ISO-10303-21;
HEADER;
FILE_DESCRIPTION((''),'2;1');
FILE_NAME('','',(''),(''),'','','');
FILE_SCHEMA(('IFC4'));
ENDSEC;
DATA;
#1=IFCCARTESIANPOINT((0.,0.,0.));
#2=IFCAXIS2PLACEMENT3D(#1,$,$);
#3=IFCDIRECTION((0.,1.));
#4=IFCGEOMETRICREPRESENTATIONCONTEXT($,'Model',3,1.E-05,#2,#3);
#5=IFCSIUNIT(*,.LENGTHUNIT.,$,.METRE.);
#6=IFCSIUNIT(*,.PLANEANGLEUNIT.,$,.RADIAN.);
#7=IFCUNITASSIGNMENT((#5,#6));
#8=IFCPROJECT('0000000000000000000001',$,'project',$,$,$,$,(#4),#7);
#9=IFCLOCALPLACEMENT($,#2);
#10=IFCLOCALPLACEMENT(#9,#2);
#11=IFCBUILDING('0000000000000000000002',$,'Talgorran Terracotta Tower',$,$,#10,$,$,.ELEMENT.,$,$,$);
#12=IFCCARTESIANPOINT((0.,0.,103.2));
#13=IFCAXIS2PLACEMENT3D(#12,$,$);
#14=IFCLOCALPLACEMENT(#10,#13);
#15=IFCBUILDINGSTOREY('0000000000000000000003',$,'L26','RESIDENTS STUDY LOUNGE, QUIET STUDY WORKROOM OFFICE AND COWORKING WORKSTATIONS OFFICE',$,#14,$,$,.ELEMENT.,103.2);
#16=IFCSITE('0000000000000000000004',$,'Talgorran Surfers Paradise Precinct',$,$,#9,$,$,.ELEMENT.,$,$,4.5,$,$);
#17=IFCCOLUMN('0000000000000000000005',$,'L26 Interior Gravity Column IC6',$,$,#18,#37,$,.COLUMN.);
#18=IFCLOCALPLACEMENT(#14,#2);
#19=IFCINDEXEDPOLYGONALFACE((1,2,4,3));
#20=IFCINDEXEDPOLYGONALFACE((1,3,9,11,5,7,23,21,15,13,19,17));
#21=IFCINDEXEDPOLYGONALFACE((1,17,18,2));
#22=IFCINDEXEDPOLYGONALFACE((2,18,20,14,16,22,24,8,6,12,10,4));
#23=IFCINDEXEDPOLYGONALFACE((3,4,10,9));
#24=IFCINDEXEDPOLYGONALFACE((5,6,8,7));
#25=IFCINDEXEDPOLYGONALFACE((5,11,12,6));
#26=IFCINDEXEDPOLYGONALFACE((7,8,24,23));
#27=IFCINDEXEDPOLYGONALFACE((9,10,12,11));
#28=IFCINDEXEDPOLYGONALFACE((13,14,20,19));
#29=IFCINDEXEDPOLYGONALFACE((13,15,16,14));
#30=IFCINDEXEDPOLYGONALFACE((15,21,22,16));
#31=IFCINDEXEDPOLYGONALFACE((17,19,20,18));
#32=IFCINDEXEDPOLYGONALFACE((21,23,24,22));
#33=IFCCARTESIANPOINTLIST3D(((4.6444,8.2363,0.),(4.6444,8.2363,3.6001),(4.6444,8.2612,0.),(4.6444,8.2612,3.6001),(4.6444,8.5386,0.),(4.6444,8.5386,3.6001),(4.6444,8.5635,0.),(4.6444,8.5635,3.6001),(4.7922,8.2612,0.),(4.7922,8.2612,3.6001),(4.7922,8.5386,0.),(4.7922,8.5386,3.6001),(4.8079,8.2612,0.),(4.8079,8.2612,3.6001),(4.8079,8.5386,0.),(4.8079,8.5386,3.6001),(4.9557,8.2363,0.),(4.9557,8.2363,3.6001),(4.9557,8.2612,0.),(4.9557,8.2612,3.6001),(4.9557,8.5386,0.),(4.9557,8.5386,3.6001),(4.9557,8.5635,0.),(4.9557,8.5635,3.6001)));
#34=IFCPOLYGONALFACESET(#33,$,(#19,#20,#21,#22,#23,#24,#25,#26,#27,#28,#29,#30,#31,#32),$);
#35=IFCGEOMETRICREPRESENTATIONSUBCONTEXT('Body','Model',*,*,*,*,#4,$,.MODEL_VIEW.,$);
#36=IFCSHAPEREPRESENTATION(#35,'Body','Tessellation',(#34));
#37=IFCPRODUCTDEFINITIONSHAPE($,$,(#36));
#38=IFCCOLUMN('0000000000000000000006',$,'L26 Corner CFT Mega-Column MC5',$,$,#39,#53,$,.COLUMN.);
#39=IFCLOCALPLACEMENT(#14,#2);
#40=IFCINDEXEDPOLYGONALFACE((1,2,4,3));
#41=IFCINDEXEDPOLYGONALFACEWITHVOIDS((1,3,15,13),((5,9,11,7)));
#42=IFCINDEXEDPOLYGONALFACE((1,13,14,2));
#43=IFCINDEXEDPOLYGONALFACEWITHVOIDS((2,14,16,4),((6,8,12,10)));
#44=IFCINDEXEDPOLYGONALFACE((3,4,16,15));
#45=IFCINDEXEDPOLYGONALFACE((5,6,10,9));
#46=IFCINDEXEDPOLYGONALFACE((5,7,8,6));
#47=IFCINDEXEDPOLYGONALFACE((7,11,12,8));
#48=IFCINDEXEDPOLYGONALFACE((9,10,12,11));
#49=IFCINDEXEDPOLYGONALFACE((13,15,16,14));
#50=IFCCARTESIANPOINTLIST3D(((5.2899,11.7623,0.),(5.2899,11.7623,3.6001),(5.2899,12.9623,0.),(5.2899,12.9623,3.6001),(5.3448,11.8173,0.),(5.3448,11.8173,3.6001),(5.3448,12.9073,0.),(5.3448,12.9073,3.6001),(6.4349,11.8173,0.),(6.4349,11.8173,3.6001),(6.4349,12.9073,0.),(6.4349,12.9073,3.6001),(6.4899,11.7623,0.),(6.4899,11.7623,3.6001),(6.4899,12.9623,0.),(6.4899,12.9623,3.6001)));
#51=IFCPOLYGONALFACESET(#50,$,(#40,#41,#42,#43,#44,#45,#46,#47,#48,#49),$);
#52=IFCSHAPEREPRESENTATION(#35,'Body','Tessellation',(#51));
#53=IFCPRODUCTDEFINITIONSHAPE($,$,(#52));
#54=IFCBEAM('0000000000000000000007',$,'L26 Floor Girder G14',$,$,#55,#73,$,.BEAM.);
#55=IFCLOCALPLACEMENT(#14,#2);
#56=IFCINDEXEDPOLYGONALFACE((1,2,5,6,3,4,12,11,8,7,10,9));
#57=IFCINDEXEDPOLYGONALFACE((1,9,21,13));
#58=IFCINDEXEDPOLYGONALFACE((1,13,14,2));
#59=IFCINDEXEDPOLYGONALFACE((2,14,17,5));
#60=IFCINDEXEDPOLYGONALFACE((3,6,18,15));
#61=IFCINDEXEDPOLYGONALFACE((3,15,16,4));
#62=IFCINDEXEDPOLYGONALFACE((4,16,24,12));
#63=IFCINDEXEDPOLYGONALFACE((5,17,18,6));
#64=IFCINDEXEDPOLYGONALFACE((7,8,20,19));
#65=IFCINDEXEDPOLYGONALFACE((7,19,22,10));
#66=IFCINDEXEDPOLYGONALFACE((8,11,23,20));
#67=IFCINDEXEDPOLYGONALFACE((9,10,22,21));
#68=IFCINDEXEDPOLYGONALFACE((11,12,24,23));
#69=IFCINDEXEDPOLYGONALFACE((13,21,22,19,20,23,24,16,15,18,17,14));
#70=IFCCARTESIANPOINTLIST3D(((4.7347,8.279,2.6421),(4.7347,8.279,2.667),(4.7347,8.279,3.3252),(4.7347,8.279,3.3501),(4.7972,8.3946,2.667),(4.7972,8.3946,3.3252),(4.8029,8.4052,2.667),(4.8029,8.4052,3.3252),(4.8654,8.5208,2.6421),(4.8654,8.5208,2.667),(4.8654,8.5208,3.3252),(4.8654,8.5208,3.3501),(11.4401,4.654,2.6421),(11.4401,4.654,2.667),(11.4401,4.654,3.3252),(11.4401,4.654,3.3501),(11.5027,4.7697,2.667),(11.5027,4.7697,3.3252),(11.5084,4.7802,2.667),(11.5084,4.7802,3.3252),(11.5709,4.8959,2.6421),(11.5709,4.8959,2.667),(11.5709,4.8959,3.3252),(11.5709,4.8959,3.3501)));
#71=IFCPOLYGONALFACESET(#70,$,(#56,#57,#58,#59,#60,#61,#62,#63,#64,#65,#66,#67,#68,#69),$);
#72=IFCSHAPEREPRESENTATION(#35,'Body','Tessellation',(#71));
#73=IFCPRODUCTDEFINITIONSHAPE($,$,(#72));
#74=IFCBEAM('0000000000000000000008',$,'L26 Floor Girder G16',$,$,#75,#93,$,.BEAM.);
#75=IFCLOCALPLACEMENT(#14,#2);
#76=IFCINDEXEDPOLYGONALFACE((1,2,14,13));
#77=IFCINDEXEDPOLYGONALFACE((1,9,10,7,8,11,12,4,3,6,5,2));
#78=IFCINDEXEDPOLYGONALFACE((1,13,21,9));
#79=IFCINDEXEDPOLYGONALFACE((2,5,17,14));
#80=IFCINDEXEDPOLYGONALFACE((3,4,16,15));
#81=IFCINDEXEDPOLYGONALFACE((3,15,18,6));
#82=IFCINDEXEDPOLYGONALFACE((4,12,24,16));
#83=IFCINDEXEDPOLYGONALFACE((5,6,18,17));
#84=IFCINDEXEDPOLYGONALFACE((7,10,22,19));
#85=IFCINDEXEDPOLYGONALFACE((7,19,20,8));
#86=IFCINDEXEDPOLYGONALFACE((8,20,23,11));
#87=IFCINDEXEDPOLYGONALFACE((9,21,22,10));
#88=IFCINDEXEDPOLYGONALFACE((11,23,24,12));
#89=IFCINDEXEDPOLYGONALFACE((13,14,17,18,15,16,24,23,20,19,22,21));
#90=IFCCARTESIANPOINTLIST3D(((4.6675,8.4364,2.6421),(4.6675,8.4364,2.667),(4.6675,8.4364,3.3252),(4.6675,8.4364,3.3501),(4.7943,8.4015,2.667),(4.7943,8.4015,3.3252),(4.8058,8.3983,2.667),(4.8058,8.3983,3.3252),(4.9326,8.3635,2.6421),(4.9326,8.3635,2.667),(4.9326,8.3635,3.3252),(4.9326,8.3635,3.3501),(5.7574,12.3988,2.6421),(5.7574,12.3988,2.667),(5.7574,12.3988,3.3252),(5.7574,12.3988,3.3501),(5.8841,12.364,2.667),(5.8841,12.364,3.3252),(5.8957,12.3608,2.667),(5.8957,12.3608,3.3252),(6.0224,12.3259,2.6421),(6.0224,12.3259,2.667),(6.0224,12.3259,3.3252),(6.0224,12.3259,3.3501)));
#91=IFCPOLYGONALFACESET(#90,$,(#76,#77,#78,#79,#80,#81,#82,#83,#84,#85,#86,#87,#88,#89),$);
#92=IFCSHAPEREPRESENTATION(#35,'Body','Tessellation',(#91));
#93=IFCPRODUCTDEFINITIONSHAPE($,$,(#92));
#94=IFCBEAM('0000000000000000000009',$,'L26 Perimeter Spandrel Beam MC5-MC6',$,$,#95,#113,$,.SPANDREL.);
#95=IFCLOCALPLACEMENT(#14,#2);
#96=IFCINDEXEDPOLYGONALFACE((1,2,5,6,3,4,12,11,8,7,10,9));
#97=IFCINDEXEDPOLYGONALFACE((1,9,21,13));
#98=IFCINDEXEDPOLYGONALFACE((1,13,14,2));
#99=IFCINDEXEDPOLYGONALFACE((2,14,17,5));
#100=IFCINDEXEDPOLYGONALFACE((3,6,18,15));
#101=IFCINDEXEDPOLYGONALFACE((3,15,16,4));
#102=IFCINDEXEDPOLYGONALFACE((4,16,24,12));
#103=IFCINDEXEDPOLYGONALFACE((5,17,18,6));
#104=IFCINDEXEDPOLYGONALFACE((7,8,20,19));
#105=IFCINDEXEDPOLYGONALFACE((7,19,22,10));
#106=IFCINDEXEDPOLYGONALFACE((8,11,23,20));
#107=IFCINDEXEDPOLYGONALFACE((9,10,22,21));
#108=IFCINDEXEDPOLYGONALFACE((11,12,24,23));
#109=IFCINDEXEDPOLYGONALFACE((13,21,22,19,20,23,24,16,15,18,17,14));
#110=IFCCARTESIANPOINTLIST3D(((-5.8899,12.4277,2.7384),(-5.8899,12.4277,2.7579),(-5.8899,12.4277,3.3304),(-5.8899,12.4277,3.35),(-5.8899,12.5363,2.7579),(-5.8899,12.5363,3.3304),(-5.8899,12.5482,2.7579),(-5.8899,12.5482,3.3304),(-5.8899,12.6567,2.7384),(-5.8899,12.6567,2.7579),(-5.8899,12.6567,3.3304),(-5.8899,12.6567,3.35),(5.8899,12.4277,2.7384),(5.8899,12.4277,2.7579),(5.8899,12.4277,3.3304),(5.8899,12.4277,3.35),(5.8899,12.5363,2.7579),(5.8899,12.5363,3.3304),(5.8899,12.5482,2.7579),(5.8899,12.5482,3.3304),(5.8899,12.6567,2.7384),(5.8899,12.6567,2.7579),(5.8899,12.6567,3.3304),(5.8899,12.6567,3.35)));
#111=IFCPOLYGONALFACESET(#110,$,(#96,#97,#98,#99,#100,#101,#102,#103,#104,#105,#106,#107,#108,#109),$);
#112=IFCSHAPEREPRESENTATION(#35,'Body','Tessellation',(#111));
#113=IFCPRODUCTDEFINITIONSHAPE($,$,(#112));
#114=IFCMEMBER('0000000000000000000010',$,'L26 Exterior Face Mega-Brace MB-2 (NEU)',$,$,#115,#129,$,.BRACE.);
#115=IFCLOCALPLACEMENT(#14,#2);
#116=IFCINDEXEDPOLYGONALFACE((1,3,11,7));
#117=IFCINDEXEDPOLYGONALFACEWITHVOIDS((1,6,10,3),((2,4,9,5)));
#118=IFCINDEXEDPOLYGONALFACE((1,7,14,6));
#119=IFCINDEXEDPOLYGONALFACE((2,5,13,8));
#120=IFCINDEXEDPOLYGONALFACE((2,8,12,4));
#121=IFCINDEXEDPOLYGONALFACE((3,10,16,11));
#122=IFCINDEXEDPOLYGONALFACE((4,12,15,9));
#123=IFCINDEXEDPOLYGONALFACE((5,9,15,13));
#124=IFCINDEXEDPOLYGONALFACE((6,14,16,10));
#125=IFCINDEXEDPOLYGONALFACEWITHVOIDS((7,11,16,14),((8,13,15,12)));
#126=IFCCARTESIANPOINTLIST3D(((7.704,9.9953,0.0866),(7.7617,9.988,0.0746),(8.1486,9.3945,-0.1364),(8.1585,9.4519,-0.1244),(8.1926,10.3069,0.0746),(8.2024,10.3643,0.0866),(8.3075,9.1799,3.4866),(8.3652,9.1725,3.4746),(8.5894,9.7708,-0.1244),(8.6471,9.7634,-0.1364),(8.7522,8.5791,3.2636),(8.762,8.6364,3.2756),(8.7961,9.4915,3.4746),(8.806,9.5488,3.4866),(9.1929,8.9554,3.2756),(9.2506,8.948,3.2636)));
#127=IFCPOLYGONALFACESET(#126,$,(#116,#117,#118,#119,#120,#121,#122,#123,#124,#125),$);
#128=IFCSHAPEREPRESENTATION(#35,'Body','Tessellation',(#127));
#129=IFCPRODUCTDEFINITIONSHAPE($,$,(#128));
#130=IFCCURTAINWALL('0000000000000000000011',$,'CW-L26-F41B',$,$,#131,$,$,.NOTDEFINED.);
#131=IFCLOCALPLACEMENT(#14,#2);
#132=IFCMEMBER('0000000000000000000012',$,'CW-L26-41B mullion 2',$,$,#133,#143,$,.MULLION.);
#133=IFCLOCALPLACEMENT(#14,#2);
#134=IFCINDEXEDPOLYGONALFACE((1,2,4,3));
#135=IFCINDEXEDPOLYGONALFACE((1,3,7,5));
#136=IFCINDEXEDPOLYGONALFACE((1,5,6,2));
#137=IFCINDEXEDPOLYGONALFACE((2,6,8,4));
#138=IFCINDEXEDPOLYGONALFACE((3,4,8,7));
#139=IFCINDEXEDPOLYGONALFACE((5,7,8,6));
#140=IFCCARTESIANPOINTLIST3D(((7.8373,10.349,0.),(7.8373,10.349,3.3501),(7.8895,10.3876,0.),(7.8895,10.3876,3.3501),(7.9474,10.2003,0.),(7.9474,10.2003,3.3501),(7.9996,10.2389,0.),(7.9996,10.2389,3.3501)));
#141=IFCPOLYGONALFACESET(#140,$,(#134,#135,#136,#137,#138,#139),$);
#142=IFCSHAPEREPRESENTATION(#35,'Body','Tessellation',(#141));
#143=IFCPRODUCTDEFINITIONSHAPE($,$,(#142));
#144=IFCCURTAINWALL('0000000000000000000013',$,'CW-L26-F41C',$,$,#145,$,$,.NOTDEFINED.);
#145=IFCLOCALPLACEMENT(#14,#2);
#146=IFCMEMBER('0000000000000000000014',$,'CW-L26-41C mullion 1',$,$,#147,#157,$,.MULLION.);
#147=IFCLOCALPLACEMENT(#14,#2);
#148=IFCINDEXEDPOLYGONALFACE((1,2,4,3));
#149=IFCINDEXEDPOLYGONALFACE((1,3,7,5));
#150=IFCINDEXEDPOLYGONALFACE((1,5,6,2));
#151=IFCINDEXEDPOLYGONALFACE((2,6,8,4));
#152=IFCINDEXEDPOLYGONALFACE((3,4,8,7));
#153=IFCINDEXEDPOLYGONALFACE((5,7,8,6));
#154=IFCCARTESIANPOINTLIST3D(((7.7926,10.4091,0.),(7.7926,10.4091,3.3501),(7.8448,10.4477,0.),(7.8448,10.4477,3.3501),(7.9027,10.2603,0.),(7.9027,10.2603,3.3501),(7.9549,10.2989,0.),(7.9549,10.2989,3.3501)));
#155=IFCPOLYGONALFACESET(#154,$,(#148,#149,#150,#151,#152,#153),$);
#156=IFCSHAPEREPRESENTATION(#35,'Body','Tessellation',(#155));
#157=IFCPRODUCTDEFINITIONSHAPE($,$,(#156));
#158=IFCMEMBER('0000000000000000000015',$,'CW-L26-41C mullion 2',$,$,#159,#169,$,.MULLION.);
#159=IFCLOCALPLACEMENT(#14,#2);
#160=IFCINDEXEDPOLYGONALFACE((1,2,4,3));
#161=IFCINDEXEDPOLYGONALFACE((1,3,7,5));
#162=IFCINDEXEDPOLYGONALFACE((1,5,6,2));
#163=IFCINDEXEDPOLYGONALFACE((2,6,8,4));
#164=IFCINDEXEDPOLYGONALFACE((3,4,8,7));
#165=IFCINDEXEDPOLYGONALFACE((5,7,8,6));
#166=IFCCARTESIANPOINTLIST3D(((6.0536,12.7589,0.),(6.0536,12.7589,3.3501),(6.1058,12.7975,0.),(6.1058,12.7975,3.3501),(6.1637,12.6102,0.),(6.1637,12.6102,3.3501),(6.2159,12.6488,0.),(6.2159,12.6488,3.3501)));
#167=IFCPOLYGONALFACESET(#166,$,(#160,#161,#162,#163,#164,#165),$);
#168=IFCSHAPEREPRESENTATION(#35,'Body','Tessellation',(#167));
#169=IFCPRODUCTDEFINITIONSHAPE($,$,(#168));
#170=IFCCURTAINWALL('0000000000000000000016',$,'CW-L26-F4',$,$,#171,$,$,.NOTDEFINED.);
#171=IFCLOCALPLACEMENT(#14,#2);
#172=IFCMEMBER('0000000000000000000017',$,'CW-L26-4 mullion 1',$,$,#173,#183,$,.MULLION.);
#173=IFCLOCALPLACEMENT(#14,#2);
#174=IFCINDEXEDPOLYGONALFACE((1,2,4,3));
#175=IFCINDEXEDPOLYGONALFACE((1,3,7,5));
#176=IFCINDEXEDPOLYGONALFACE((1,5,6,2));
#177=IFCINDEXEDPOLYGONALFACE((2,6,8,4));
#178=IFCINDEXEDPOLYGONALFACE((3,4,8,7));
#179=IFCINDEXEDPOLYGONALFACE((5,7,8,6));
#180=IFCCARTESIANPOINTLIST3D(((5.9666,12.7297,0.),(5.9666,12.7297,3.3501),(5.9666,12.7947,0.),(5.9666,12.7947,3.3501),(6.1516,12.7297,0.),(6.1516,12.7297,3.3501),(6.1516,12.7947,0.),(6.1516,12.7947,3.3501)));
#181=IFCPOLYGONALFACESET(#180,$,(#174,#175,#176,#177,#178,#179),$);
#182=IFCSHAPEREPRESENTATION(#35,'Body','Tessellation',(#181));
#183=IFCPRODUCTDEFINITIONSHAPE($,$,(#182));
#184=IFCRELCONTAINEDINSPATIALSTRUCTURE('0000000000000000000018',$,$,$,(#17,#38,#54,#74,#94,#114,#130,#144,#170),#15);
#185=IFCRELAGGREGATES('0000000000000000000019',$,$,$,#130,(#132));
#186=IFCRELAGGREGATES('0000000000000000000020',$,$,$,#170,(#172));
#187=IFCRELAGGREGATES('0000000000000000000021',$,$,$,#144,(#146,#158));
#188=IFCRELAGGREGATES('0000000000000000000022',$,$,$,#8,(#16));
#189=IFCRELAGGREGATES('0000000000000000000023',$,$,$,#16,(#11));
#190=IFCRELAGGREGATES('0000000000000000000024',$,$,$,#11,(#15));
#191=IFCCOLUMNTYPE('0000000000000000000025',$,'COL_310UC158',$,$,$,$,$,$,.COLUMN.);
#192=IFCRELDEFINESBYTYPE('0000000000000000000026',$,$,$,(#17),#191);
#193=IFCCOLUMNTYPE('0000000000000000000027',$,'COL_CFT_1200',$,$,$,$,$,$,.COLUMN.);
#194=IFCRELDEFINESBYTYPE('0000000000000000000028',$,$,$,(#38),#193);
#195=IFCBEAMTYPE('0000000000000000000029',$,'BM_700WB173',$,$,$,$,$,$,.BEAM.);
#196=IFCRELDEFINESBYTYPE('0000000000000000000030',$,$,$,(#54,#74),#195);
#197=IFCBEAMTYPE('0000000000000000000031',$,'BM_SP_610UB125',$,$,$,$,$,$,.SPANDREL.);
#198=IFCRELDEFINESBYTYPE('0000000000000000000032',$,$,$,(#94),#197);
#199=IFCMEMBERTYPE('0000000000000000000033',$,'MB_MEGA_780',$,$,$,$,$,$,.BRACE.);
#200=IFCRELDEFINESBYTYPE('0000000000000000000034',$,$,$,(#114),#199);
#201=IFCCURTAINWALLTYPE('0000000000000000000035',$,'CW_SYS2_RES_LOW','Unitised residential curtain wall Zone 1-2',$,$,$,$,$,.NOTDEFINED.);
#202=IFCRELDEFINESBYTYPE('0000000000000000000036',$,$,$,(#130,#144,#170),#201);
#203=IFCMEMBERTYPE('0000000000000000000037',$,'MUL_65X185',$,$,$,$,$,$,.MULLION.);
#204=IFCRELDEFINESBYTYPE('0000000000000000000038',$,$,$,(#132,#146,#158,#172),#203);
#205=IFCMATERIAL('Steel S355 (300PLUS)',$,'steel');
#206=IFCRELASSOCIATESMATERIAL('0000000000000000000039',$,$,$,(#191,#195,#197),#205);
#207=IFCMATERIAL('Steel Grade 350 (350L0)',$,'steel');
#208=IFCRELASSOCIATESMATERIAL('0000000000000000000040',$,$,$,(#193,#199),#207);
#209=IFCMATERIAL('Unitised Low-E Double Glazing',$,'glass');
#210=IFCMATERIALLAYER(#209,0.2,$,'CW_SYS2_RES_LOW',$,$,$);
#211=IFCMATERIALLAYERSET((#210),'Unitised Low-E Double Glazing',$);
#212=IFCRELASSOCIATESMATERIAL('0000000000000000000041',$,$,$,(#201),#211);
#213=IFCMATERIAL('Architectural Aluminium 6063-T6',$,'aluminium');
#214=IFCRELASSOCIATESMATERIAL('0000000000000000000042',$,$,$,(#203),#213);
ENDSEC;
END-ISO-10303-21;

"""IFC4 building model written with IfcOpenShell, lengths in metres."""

from ifc_helpers import new_model, si_unit, direction, frame, origin, origin_2d, place, context, subcontext, project, spatial, rectangle, hollow_rectangle, i_section, extrude, material, layer, layer_set, material_profile, profile_set, type_object, element, aggregate, save


model = new_model("IFC4")

# Units and contexts
model_context = context("Model", 3, precision=1e-05, world=origin(), true_north=direction((0.0, 1.0)))
body_context = subcontext(model_context, "Body", "Model", "MODEL_VIEW")
ifc_project = project(units=[si_unit("LENGTHUNIT", "METRE"), si_unit("PLANEANGLEUNIT", "RADIAN")], contexts=[model_context])

# Site, building, storey
site_placement = place(None, origin())
site = spatial("IfcSite", under=ifc_project, at=site_placement, Name="Talgorran Surfers Paradise Precinct", CompositionType="ELEMENT", RefElevation=4.5)
building_placement = place(site_placement, origin())
building = spatial("IfcBuilding", under=site, at=building_placement, Name="Talgorran Terracotta Tower", CompositionType="ELEMENT")
storey_placement = place(building_placement, frame((0.0, 0.0, 103.2)))
storey = spatial("IfcBuildingStorey", under=building, at=storey_placement, Name="L26", Description="RESIDENTS STUDY LOUNGE, QUIET STUDY WORKROOM OFFICE AND COWORKING WORKSTATIONS OFFICE", CompositionType="ELEMENT", Elevation=103.2)

# Columns
ifc_material_1 = material(Name="Steel S355 (300PLUS)", Category="steel")
ifc_material_profile_1 = material_profile(ifc_material_1, i_section(OverallWidth=0.3113, OverallDepth=0.3271, WebThickness=0.0156, FlangeThickness=0.0249, at=origin_2d()), Name="310UC158")
ifc_profile_set_1 = profile_set([ifc_material_profile_1], Name="Steel S355 (300PLUS)")
column_type_1 = type_object("IfcColumnType", Name="COL_310UC158", PredefinedType="COLUMN", material=ifc_profile_set_1)
column_1_placement = place(storey_placement, frame((4.8, 8.3999, 0.0), z_axis=(0.0, 0.0, 1.0), x_axis=(1.0, 0.0, 0.0)))
element("IfcColumn", 1, at=column_1_placement, inside=storey, type_object=column_type_1, Name="L26 Interior Gravity Column IC6", PredefinedType="COLUMN", context=body_context, shape_type="SweptSolid", body=[
    extrude(i_section(OverallWidth=0.3113, OverallDepth=0.3271, WebThickness=0.0156, FlangeThickness=0.0249, at=origin_2d()), origin(), (0.0, 0.0, 1.0), 3.6001),
])
ifc_material_2 = material(Name="Steel Grade 350 (350L0)", Category="steel")
ifc_material_profile_2 = material_profile(ifc_material_2, hollow_rectangle(XDim=1.2, YDim=1.2, WallThickness=0.0549, at=origin_2d()), Name="CFT1200X1200X55")
ifc_profile_set_2 = profile_set([ifc_material_profile_2], Name="Steel Grade 350 (350L0)")
column_type_2 = type_object("IfcColumnType", Name="COL_CFT_1200", PredefinedType="COLUMN", material=ifc_profile_set_2)
column_2_placement = place(storey_placement, frame((5.8899, 12.3623, 0.0), z_axis=(0.0, 0.0, 1.0), x_axis=(1.0, 0.0, 0.0)))
element("IfcColumn", 2, at=column_2_placement, inside=storey, type_object=column_type_2, Name="L26 Corner CFT Mega-Column MC5", PredefinedType="COLUMN", context=body_context, shape_type="SweptSolid", body=[
    extrude(hollow_rectangle(XDim=1.2, YDim=1.2, WallThickness=0.0549, at=origin_2d()), origin(), (0.0, 0.0, 1.0), 3.6001),
])

# Beams
ifc_material_profile_3 = material_profile(ifc_material_1, i_section(OverallWidth=0.2749, OverallDepth=0.708, WebThickness=0.012, FlangeThickness=0.0249, at=origin_2d()), Name="700WB173")
ifc_profile_set_3 = profile_set([ifc_material_profile_3], Name="Steel S355 (300PLUS)")
beam_type_1 = type_object("IfcBeamType", Name="BM_700WB173", PredefinedType="BEAM", material=ifc_profile_set_3)
beam_1_placement = place(storey_placement, frame((4.8, 8.3999, 2.9961), z_axis=(0.879686, -0.475555, 0.0), x_axis=(0.475555, 0.879686, 0.0)))
element("IfcBeam", 3, at=beam_1_placement, inside=storey, type_object=beam_type_1, Name="L26 Floor Girder G14", PredefinedType="BEAM", context=body_context, shape_type="SweptSolid", body=[
    extrude(i_section(OverallWidth=0.2749, OverallDepth=0.708, WebThickness=0.012, FlangeThickness=0.0249, at=origin_2d()), origin(), (0.0, 0.0, 1.0), 7.6226),
])
beam_2_placement = place(storey_placement, frame((4.8, 8.3999, 2.9961), z_axis=(0.265198, 0.964194, 0.0), x_axis=(-0.964194, 0.265198, 0.0)))
element("IfcBeam", 4, at=beam_2_placement, inside=storey, type_object=beam_type_1, Name="L26 Floor Girder G16", PredefinedType="BEAM", context=body_context, shape_type="SweptSolid", body=[
    extrude(i_section(OverallWidth=0.2749, OverallDepth=0.708, WebThickness=0.012, FlangeThickness=0.0249, at=origin_2d()), origin(), (0.0, 0.0, 1.0), 4.1096),
])
ifc_material_profile_4 = material_profile(ifc_material_1, i_section(OverallWidth=0.229, OverallDepth=0.6116, WebThickness=0.012, FlangeThickness=0.0195, at=origin_2d()), Name="610UB125")
ifc_profile_set_4 = profile_set([ifc_material_profile_4], Name="Steel S355 (300PLUS)")
beam_type_2 = type_object("IfcBeamType", Name="BM_SP_610UB125", PredefinedType="SPANDREL", material=ifc_profile_set_4)
beam_3_placement = place(storey_placement, frame((5.8899, 12.5422, 3.0442), z_axis=(-1.0, 0.0, 0.0), x_axis=(0.0, -1.0, 0.0)))
element("IfcBeam", 5, at=beam_3_placement, inside=storey, type_object=beam_type_2, Name="L26 Perimeter Spandrel Beam MC5-MC6", PredefinedType="SPANDREL", context=body_context, shape_type="SweptSolid", body=[
    extrude(i_section(OverallWidth=0.229, OverallDepth=0.6116, WebThickness=0.012, FlangeThickness=0.0195, at=origin_2d()), origin(), (0.0, 0.0, 1.0), 11.7798),
])

# Member
ifc_material_profile_5 = material_profile(ifc_material_2, hollow_rectangle(XDim=0.6201, YDim=0.78, WallThickness=0.042, at=origin_2d()), Name="WBOX780X620X42")
ifc_profile_set_5 = profile_set([ifc_material_profile_5], Name="Steel Grade 350 (350L0)")
member_type_1 = type_object("IfcMemberType", Name="MB_MEGA_780", PredefinedType="BRACE", material=ifc_profile_set_5)
member_1_placement = place(storey_placement, frame((8.1755, 9.8794, -0.0249), z_axis=(0.170099, -0.229826, 0.958252), x_axis=(0.803796, 0.594905, 0.0)))
element("IfcMember", 6, at=member_1_placement, inside=storey, type_object=member_type_1, Name="L26 Exterior Face Mega-Brace MB-2 (NEU)", PredefinedType="BRACE", context=body_context, shape_type="SweptSolid", body=[
    extrude(hollow_rectangle(XDim=0.6201, YDim=0.78, WallThickness=0.042, at=origin_2d()), origin(), (0.0, 0.0, 1.0), 3.5481),
])

# Curtain wall, member
ifc_material_3 = material(Name="Unitised Low-E Double Glazing", Category="glass")
ifc_layer_1 = layer(ifc_material_3, 0.2, Name="CW_SYS2_RES_LOW")
ifc_layer_set_1 = layer_set([ifc_layer_1], Name="Unitised Low-E Double Glazing")
curtain_wall_type = type_object("IfcCurtainWallType", Name="CW_SYS2_RES_LOW", Description="Unitised residential curtain wall Zone 1-2", PredefinedType="NOTDEFINED", material=ifc_layer_set_1)
curtain_wall_1_placement = place(storey_placement, origin())
curtain_wall_1 = element("IfcCurtainWall", 7, at=curtain_wall_1_placement, inside=storey, type_object=curtain_wall_type, Name="CW-L26-F41B", PredefinedType="NOTDEFINED")
ifc_material_4 = material(Name="Architectural Aluminium 6063-T6", Category="aluminium")
ifc_material_profile_6 = material_profile(ifc_material_4, rectangle(XDim=0.0649, YDim=0.1851, at=origin_2d()), Name="CWM65X185")
ifc_profile_set_6 = profile_set([ifc_material_profile_6], Name="Architectural Aluminium 6063-T6")
member_type_2 = type_object("IfcMemberType", Name="MUL_65X185", PredefinedType="MULLION", material=ifc_profile_set_6)
member_2_placement = place(storey_placement, frame((7.9185, 10.2939, 0.0), z_axis=(0.0, 0.0, 1.0), x_axis=(-0.803791, -0.594912, 0.0)))
member_2 = element("IfcMember", 8, at=member_2_placement, type_object=member_type_2, Name="CW-L26-41B mullion 2", PredefinedType="MULLION", context=body_context, shape_type="SweptSolid", body=[
    extrude(rectangle(XDim=0.0649, YDim=0.1851, at=origin_2d()), origin(), (0.0, 0.0, 1.0), 3.3501),
])
aggregate(curtain_wall_1, [member_2])

# Curtain wall, members
curtain_wall_2_placement = place(storey_placement, origin())
curtain_wall_2 = element("IfcCurtainWall", 9, at=curtain_wall_2_placement, inside=storey, type_object=curtain_wall_type, Name="CW-L26-F41C", PredefinedType="NOTDEFINED")
member_3_placement = place(storey_placement, frame((7.8738, 10.354, 0.0), z_axis=(0.0, 0.0, 1.0), x_axis=(-0.803791, -0.594912, 0.0)))
member_3 = element("IfcMember", 10, at=member_3_placement, type_object=member_type_2, Name="CW-L26-41C mullion 1", PredefinedType="MULLION", context=body_context, shape_type="SweptSolid", body=[
    extrude(rectangle(XDim=0.0649, YDim=0.1851, at=origin_2d()), origin(), (0.0, 0.0, 1.0), 3.3501),
])
member_4_placement = place(storey_placement, frame((6.1348, 12.7039, 0.0), z_axis=(0.0, 0.0, 1.0), x_axis=(-0.803791, -0.594912, 0.0)))
member_4 = element("IfcMember", 11, at=member_4_placement, type_object=member_type_2, Name="CW-L26-41C mullion 2", PredefinedType="MULLION", context=body_context, shape_type="SweptSolid", body=[
    extrude(rectangle(XDim=0.0649, YDim=0.1851, at=origin_2d()), origin(), (0.0, 0.0, 1.0), 3.3501),
])

# Curtain wall, member
curtain_wall_3_placement = place(storey_placement, origin())
curtain_wall_3 = element("IfcCurtainWall", 12, at=curtain_wall_3_placement, inside=storey, type_object=curtain_wall_type, Name="CW-L26-F4", PredefinedType="NOTDEFINED")
member_5_placement = place(storey_placement, frame((6.0591, 12.7622, 0.0), z_axis=(0.0, 0.0, 1.0), x_axis=(0.0, -1.0, 0.0)))
member_5 = element("IfcMember", 13, at=member_5_placement, type_object=member_type_2, Name="CW-L26-4 mullion 1", PredefinedType="MULLION", context=body_context, shape_type="SweptSolid", body=[
    extrude(rectangle(XDim=0.0649, YDim=0.1851, at=origin_2d()), origin(), (0.0, 0.0, 1.0), 3.3501),
])

aggregate(curtain_wall_3, [member_5])

aggregate(curtain_wall_2, [member_3, member_4])

save(model, "model.ifc")
